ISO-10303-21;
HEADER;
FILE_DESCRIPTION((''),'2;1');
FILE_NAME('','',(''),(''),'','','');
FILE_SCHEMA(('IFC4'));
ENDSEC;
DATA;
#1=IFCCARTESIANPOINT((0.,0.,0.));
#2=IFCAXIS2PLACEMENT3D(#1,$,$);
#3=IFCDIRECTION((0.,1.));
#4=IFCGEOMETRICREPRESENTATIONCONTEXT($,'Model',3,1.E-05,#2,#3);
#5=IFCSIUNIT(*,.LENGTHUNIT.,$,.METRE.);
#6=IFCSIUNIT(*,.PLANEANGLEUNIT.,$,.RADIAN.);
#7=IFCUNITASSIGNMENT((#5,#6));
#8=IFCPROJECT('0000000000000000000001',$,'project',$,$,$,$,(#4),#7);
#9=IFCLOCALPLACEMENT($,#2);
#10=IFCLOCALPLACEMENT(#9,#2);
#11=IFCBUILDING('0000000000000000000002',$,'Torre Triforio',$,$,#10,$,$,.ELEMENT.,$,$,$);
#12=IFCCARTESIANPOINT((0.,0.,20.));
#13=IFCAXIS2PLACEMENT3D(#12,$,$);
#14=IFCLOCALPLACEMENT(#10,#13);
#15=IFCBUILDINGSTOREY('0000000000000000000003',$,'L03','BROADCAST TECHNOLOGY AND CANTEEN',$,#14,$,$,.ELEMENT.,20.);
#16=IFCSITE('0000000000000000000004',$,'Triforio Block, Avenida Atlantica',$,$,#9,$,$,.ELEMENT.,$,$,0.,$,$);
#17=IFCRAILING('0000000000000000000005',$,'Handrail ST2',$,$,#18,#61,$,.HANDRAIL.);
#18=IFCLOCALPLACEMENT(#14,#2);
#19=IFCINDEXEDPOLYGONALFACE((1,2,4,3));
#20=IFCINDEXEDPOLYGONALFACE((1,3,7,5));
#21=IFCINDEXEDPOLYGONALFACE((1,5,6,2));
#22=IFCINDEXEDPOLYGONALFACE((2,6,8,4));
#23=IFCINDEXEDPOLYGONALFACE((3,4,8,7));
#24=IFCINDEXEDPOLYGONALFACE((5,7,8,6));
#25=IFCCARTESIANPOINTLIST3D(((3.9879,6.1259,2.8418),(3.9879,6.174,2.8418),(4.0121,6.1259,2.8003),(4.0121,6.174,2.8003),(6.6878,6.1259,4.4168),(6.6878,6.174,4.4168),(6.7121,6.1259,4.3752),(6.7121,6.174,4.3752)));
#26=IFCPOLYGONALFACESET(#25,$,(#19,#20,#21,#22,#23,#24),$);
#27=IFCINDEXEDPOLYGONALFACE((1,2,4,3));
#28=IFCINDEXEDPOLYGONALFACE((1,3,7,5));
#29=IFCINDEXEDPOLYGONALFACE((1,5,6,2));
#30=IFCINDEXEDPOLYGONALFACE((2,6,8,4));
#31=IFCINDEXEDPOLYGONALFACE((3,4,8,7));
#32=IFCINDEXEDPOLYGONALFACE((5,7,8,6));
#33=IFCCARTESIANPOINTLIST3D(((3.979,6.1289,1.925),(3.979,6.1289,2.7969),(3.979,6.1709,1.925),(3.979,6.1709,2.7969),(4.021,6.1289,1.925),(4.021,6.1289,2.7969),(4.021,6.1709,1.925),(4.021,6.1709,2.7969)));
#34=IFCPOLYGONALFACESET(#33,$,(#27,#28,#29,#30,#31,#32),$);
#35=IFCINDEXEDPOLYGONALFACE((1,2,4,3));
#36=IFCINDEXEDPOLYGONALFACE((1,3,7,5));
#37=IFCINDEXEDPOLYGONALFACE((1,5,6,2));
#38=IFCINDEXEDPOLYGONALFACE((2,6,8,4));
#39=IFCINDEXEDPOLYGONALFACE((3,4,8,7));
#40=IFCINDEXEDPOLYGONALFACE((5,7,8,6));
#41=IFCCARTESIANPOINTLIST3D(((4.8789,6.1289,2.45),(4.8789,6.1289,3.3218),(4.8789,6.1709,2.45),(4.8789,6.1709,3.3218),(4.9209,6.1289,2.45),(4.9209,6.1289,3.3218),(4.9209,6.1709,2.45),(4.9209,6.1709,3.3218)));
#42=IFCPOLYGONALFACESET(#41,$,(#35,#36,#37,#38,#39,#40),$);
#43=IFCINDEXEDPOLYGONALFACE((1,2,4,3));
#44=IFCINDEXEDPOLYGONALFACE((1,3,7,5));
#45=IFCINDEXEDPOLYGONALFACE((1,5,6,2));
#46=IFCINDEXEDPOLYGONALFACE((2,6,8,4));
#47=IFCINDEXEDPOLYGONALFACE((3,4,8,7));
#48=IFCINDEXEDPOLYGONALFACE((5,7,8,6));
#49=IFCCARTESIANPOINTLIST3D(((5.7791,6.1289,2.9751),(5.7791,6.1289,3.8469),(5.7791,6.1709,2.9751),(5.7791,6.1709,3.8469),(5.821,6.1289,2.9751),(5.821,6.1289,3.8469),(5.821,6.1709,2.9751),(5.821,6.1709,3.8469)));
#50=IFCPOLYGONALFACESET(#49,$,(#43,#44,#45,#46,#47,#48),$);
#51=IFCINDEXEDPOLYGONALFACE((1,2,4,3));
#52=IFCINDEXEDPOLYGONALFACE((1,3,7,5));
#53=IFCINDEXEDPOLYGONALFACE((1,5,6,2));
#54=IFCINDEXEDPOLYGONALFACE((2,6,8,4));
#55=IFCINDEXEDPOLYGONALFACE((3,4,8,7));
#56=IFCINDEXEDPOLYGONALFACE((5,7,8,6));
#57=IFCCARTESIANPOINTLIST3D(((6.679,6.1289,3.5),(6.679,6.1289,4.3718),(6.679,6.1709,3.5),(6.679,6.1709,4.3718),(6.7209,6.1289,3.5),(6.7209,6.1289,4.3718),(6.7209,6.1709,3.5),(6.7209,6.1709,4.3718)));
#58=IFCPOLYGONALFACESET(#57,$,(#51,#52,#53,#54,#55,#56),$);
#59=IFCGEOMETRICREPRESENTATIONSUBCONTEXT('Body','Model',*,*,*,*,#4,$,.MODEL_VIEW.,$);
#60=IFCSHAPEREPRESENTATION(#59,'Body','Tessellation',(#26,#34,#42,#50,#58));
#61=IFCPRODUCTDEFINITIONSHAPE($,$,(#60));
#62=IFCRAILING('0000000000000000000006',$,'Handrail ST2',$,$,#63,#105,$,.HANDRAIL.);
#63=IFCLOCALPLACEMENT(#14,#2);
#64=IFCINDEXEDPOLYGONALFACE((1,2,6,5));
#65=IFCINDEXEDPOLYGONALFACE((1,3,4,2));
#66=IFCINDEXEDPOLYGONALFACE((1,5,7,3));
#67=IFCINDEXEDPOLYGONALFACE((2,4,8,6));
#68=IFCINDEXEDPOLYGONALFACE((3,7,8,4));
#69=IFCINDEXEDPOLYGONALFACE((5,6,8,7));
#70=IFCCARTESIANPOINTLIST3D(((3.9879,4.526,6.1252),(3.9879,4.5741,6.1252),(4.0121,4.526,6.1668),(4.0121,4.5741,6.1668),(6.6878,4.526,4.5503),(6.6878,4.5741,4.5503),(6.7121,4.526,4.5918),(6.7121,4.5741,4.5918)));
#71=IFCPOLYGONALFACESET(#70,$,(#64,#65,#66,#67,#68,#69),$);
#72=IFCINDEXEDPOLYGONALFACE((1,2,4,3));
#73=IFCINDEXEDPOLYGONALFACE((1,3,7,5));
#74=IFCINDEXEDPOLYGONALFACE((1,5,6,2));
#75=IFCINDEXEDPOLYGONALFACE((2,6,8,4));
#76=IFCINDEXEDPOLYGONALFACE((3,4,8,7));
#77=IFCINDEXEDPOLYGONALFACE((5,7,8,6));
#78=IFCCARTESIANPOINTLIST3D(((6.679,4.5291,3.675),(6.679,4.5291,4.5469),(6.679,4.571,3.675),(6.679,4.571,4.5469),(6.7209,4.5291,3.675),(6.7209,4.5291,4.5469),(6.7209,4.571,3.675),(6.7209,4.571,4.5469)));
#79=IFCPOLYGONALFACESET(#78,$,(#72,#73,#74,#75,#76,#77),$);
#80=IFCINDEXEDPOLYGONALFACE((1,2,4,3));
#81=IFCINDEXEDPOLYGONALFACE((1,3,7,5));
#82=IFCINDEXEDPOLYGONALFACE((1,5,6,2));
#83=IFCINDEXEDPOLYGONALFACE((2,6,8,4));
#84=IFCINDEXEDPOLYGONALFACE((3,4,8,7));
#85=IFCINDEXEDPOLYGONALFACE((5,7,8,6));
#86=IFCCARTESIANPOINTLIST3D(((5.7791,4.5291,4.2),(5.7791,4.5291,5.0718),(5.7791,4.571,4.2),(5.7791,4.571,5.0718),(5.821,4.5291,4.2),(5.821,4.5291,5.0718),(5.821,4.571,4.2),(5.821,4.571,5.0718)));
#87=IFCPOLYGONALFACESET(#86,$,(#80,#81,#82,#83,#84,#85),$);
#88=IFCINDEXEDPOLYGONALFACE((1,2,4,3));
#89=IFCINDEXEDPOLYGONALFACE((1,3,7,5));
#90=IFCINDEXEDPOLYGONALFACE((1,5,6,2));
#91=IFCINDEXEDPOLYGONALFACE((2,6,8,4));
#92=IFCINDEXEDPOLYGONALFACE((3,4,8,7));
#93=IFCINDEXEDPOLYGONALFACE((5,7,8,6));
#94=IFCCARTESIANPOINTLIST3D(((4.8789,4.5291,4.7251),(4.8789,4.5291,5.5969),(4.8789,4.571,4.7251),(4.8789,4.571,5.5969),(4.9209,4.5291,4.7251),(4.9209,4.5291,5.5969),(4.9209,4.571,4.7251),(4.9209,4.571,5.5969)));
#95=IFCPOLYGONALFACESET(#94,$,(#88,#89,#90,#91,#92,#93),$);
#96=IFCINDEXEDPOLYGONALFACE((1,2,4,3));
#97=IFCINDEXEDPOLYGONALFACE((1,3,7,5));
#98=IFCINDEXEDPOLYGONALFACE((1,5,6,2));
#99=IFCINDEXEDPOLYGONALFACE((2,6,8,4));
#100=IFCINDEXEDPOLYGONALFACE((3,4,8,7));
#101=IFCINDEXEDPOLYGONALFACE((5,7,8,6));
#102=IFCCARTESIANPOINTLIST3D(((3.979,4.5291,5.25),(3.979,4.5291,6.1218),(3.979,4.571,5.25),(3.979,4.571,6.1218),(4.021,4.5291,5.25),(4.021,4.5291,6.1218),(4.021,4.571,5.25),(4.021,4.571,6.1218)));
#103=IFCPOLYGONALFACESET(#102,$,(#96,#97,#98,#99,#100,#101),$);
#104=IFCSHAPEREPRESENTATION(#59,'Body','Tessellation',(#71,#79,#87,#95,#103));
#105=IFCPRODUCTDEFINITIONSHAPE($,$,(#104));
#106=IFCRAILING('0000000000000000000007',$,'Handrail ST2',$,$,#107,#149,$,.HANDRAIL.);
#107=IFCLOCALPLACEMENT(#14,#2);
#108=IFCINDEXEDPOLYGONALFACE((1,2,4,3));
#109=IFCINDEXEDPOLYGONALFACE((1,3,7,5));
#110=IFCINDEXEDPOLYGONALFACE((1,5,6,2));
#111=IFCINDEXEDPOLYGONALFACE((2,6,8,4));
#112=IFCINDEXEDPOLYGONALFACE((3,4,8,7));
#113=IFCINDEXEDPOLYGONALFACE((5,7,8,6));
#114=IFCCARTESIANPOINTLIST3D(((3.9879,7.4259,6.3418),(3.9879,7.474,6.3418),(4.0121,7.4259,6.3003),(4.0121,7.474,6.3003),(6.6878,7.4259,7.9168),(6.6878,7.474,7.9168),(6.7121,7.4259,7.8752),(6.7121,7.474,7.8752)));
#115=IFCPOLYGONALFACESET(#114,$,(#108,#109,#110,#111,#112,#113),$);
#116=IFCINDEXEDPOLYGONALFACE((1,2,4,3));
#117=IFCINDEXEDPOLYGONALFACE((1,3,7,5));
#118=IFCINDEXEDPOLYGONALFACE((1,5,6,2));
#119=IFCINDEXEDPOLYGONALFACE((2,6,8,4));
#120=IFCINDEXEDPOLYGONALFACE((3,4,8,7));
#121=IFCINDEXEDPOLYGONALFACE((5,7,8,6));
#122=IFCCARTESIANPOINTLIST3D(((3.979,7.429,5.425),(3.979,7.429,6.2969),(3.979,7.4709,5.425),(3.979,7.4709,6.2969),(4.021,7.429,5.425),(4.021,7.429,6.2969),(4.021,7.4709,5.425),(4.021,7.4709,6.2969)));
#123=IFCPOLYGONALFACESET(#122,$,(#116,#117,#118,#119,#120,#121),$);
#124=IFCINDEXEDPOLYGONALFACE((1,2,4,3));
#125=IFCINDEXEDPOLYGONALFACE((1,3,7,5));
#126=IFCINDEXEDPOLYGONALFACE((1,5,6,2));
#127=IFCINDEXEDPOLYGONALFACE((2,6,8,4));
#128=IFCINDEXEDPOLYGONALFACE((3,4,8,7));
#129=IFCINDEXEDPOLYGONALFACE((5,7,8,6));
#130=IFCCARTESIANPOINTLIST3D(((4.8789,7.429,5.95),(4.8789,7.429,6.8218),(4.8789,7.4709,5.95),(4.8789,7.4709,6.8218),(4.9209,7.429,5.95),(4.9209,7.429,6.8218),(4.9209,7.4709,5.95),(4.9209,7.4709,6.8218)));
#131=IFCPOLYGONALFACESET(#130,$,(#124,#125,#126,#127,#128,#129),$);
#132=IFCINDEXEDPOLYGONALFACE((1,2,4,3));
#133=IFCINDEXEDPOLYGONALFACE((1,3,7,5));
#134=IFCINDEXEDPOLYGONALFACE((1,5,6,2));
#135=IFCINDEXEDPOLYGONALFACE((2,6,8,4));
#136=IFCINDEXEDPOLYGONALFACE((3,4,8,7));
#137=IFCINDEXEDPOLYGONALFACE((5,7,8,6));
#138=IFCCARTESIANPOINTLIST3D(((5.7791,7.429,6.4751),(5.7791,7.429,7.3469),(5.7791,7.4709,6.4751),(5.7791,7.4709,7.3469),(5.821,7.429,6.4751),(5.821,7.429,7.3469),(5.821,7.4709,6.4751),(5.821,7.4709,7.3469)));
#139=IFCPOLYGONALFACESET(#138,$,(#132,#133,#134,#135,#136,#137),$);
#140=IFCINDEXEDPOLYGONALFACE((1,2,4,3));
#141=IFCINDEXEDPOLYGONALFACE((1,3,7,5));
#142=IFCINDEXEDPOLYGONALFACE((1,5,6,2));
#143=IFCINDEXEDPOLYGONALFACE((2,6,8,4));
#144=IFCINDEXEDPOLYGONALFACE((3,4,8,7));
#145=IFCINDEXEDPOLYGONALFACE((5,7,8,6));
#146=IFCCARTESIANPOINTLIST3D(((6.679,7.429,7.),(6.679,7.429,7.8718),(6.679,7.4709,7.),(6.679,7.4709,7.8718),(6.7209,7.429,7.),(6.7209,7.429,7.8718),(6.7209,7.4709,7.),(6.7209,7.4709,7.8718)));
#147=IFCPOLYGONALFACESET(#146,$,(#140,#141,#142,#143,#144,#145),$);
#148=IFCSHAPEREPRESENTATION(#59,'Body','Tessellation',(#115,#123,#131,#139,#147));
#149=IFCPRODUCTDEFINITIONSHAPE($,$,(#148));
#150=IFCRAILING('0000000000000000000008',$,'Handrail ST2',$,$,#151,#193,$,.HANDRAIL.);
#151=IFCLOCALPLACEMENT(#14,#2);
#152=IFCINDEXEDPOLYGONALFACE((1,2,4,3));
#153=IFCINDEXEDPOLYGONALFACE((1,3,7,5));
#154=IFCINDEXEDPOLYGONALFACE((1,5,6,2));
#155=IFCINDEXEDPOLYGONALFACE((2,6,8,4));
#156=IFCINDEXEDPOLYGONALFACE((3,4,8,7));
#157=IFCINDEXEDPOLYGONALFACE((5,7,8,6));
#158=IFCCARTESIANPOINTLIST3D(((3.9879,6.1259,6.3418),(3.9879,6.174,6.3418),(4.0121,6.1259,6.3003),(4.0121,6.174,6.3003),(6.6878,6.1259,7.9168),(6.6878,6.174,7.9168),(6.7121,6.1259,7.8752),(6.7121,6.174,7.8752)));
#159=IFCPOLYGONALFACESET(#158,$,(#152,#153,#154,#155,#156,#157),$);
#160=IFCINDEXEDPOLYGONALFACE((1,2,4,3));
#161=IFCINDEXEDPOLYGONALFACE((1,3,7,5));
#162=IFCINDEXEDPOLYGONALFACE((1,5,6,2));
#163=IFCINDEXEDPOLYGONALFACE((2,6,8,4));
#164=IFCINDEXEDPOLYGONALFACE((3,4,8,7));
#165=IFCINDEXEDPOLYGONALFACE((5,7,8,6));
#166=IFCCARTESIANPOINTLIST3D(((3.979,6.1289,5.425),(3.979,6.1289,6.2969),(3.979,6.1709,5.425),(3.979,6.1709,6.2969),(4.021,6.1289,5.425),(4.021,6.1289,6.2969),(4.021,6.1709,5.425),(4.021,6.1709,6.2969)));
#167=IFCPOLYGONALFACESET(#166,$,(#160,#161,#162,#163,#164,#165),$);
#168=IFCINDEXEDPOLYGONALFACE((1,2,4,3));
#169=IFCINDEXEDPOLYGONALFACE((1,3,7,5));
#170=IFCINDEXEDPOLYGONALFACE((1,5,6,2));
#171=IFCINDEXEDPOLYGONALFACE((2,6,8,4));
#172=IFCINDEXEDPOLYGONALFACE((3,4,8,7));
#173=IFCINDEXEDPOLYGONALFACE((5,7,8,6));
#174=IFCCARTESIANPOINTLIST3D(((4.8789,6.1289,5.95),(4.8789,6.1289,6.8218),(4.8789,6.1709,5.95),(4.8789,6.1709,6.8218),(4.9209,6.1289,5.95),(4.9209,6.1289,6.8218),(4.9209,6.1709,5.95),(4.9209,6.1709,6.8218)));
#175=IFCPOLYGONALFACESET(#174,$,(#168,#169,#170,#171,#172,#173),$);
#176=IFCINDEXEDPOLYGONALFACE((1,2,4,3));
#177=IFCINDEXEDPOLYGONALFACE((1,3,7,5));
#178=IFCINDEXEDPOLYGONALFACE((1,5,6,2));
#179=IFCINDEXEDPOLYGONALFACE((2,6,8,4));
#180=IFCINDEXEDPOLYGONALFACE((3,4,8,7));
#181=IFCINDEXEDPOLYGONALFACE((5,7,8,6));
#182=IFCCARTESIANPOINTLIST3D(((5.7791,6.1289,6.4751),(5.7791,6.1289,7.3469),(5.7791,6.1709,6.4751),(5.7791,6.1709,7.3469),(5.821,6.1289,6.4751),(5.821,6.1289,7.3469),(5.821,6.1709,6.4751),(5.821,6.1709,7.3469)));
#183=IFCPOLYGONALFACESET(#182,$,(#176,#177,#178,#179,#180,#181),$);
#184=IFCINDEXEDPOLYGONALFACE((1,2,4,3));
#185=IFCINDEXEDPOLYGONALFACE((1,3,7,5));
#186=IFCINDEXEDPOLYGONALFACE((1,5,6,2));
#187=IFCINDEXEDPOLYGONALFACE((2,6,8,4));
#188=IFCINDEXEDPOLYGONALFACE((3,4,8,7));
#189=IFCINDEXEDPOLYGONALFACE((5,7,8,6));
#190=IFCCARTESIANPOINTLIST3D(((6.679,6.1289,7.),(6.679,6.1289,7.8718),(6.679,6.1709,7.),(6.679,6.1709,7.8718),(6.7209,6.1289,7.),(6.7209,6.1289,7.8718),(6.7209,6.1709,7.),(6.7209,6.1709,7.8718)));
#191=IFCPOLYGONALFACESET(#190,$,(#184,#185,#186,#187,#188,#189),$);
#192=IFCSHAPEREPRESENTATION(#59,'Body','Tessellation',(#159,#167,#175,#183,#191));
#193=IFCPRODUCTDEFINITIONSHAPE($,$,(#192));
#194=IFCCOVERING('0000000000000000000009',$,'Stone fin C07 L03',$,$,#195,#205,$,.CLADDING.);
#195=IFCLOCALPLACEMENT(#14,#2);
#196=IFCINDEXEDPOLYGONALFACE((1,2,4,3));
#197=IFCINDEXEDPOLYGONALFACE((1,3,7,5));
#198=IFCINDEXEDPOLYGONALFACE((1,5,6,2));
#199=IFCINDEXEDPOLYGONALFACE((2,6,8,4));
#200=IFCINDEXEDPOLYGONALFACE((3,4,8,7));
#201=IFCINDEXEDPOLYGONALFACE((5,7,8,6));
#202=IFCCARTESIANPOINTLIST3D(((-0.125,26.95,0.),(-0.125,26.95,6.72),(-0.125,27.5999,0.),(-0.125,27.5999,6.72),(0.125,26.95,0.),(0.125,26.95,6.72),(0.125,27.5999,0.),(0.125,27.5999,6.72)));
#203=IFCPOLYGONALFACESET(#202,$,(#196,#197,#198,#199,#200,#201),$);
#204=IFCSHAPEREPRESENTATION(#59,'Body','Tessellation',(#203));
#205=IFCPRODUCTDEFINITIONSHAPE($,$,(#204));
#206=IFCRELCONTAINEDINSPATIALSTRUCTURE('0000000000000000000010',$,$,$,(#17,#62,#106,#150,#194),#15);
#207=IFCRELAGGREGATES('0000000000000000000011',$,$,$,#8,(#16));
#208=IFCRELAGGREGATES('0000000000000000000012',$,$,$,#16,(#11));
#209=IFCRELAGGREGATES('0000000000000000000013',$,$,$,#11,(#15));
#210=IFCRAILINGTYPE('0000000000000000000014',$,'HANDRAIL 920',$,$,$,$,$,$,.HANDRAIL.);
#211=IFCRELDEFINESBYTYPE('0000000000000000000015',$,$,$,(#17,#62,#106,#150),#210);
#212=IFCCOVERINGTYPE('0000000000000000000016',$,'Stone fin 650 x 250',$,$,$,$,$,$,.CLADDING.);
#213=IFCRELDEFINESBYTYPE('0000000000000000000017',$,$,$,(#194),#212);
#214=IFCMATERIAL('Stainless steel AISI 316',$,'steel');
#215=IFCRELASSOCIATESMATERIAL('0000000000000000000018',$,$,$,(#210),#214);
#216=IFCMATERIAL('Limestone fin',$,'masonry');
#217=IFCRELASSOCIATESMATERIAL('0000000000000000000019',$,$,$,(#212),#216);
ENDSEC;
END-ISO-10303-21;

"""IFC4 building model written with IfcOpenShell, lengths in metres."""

from ifc_helpers import new_model, si_unit, direction, frame, origin, origin_2d, place, context, subcontext, project, spatial, rectangle, extrude, material, material_profile, profile_set, type_object, element, save


model = new_model("IFC4")

# Units and contexts
model_context = context("Model", 3, precision=1e-05, world=origin(), true_north=direction((0.0, 1.0)))
body_context = subcontext(model_context, "Body", "Model", "MODEL_VIEW")
ifc_project = project(units=[si_unit("LENGTHUNIT", "METRE"), si_unit("PLANEANGLEUNIT", "RADIAN")], contexts=[model_context])

# Site, building, storey
site_placement = place(None, origin())
site = spatial("IfcSite", under=ifc_project, at=site_placement, Name="Triforio Block, Avenida Atlantica", CompositionType="ELEMENT", RefElevation=0.0)
building_placement = place(site_placement, origin())
building = spatial("IfcBuilding", under=site, at=building_placement, Name="Torre Triforio", CompositionType="ELEMENT")
storey_placement = place(building_placement, frame((0.0, 0.0, 20.0)))
storey = spatial("IfcBuildingStorey", under=building, at=storey_placement, Name="L03", Description="BROADCAST TECHNOLOGY AND CANTEEN", CompositionType="ELEMENT", Elevation=20.0)

# Railings
ifc_material_1 = material(Name="Stainless steel AISI 316", Category="steel")
railing_type = type_object("IfcRailingType", Name="HANDRAIL 920", PredefinedType="HANDRAIL", material=ifc_material_1)
for number, where, name in (
    (1, (4.0, 6.1499, 1.925), "Handrail ST2"),
):
    element("IfcRailing", number, at=place(storey_placement, frame(where)), inside=storey, type_object=railing_type, Name=name, PredefinedType="HANDRAIL", context=body_context, shape_type="SweptSolid", body=[
        extrude(rectangle(XDim=0.0481, YDim=0.0481, at=origin_2d()), frame((0.0, 0.0, 0.896), z_axis=(0.863782, 0.0, 0.503866), x_axis=(0.0, 1.0, 0.0)), (0.0, 0.0, 1.0), 3.1257),
        extrude(rectangle(XDim=0.042, YDim=0.042, at=origin_2d()), origin(), (0.0, 0.0, 1.0), 0.8718),
        extrude(rectangle(XDim=0.042, YDim=0.042, at=origin_2d()), frame((0.8999, 0.0, 0.5249)), (0.0, 0.0, 1.0), 0.8718),
        extrude(rectangle(XDim=0.042, YDim=0.042, at=origin_2d()), frame((1.8, 0.0, 1.05)), (0.0, 0.0, 1.0), 0.8718),
        extrude(rectangle(XDim=0.042, YDim=0.042, at=origin_2d()), frame((2.7, 0.0, 1.575)), (0.0, 0.0, 1.0), 0.8718),
    ])
railing_1_placement = place(storey_placement, frame((6.7, 4.55, 3.675)))
element("IfcRailing", 2, at=railing_1_placement, inside=storey, type_object=railing_type, Name="Handrail ST2", PredefinedType="HANDRAIL", context=body_context, shape_type="SweptSolid", body=[
    extrude(rectangle(XDim=0.0481, YDim=0.0481, at=origin_2d()), frame((0.0, 0.0, 0.896), z_axis=(-0.863782, 0.0, 0.503866), x_axis=(0.0, -1.0, 0.0)), (0.0, 0.0, 1.0), 3.1257),
    extrude(rectangle(XDim=0.042, YDim=0.042, at=origin_2d()), origin(), (0.0, 0.0, 1.0), 0.8718),
    extrude(rectangle(XDim=0.042, YDim=0.042, at=origin_2d()), frame((-0.8999, 0.0, 0.5249)), (0.0, 0.0, 1.0), 0.8718),
    extrude(rectangle(XDim=0.042, YDim=0.042, at=origin_2d()), frame((-1.8, 0.0, 1.05)), (0.0, 0.0, 1.0), 0.8718),
    extrude(rectangle(XDim=0.042, YDim=0.042, at=origin_2d()), frame((-2.7, 0.0, 1.575)), (0.0, 0.0, 1.0), 0.8718),
])
for number, where, name in (
    (3, (4.0, 7.45, 5.425), "Handrail ST2"),
    (4, (4.0, 6.1499, 5.425), "Handrail ST2"),
):
    element("IfcRailing", number, at=place(storey_placement, frame(where)), inside=storey, type_object=railing_type, Name=name, PredefinedType="HANDRAIL", context=body_context, shape_type="SweptSolid", body=[
        extrude(rectangle(XDim=0.0481, YDim=0.0481, at=origin_2d()), frame((0.0, 0.0, 0.896), z_axis=(0.863782, 0.0, 0.503866), x_axis=(0.0, 1.0, 0.0)), (0.0, 0.0, 1.0), 3.1257),
        extrude(rectangle(XDim=0.042, YDim=0.042, at=origin_2d()), origin(), (0.0, 0.0, 1.0), 0.8718),
        extrude(rectangle(XDim=0.042, YDim=0.042, at=origin_2d()), frame((0.8999, 0.0, 0.5249)), (0.0, 0.0, 1.0), 0.8718),
        extrude(rectangle(XDim=0.042, YDim=0.042, at=origin_2d()), frame((1.8, 0.0, 1.05)), (0.0, 0.0, 1.0), 0.8718),
        extrude(rectangle(XDim=0.042, YDim=0.042, at=origin_2d()), frame((2.7, 0.0, 1.575)), (0.0, 0.0, 1.0), 0.8718),
    ])

# Covering
ifc_material_2 = material(Name="Limestone fin", Category="masonry")
ifc_material_profile_1 = material_profile(ifc_material_2, rectangle(XDim=0.6499, YDim=0.25, at=origin_2d()), Name="FIN 650x250")
ifc_profile_set_1 = profile_set([ifc_material_profile_1], Name="Limestone fin")
covering_type = type_object("IfcCoveringType", Name="Stone fin 650 x 250", PredefinedType="CLADDING", material=ifc_profile_set_1)
covering_placement = place(storey_placement, frame((0.0, 27.2749, 0.0), z_axis=(0.0, 0.0, 1.0), x_axis=(0.0, 1.0, 0.0)))
element("IfcCovering", 5, at=covering_placement, inside=storey, type_object=covering_type, Name="Stone fin C07 L03", PredefinedType="CLADDING", context=body_context, shape_type="SweptSolid", body=[
    extrude(rectangle(XDim=0.6499, YDim=0.25, at=origin_2d()), origin(), (0.0, 0.0, 1.0), 6.72),
])

save(model, "model.ifc")
